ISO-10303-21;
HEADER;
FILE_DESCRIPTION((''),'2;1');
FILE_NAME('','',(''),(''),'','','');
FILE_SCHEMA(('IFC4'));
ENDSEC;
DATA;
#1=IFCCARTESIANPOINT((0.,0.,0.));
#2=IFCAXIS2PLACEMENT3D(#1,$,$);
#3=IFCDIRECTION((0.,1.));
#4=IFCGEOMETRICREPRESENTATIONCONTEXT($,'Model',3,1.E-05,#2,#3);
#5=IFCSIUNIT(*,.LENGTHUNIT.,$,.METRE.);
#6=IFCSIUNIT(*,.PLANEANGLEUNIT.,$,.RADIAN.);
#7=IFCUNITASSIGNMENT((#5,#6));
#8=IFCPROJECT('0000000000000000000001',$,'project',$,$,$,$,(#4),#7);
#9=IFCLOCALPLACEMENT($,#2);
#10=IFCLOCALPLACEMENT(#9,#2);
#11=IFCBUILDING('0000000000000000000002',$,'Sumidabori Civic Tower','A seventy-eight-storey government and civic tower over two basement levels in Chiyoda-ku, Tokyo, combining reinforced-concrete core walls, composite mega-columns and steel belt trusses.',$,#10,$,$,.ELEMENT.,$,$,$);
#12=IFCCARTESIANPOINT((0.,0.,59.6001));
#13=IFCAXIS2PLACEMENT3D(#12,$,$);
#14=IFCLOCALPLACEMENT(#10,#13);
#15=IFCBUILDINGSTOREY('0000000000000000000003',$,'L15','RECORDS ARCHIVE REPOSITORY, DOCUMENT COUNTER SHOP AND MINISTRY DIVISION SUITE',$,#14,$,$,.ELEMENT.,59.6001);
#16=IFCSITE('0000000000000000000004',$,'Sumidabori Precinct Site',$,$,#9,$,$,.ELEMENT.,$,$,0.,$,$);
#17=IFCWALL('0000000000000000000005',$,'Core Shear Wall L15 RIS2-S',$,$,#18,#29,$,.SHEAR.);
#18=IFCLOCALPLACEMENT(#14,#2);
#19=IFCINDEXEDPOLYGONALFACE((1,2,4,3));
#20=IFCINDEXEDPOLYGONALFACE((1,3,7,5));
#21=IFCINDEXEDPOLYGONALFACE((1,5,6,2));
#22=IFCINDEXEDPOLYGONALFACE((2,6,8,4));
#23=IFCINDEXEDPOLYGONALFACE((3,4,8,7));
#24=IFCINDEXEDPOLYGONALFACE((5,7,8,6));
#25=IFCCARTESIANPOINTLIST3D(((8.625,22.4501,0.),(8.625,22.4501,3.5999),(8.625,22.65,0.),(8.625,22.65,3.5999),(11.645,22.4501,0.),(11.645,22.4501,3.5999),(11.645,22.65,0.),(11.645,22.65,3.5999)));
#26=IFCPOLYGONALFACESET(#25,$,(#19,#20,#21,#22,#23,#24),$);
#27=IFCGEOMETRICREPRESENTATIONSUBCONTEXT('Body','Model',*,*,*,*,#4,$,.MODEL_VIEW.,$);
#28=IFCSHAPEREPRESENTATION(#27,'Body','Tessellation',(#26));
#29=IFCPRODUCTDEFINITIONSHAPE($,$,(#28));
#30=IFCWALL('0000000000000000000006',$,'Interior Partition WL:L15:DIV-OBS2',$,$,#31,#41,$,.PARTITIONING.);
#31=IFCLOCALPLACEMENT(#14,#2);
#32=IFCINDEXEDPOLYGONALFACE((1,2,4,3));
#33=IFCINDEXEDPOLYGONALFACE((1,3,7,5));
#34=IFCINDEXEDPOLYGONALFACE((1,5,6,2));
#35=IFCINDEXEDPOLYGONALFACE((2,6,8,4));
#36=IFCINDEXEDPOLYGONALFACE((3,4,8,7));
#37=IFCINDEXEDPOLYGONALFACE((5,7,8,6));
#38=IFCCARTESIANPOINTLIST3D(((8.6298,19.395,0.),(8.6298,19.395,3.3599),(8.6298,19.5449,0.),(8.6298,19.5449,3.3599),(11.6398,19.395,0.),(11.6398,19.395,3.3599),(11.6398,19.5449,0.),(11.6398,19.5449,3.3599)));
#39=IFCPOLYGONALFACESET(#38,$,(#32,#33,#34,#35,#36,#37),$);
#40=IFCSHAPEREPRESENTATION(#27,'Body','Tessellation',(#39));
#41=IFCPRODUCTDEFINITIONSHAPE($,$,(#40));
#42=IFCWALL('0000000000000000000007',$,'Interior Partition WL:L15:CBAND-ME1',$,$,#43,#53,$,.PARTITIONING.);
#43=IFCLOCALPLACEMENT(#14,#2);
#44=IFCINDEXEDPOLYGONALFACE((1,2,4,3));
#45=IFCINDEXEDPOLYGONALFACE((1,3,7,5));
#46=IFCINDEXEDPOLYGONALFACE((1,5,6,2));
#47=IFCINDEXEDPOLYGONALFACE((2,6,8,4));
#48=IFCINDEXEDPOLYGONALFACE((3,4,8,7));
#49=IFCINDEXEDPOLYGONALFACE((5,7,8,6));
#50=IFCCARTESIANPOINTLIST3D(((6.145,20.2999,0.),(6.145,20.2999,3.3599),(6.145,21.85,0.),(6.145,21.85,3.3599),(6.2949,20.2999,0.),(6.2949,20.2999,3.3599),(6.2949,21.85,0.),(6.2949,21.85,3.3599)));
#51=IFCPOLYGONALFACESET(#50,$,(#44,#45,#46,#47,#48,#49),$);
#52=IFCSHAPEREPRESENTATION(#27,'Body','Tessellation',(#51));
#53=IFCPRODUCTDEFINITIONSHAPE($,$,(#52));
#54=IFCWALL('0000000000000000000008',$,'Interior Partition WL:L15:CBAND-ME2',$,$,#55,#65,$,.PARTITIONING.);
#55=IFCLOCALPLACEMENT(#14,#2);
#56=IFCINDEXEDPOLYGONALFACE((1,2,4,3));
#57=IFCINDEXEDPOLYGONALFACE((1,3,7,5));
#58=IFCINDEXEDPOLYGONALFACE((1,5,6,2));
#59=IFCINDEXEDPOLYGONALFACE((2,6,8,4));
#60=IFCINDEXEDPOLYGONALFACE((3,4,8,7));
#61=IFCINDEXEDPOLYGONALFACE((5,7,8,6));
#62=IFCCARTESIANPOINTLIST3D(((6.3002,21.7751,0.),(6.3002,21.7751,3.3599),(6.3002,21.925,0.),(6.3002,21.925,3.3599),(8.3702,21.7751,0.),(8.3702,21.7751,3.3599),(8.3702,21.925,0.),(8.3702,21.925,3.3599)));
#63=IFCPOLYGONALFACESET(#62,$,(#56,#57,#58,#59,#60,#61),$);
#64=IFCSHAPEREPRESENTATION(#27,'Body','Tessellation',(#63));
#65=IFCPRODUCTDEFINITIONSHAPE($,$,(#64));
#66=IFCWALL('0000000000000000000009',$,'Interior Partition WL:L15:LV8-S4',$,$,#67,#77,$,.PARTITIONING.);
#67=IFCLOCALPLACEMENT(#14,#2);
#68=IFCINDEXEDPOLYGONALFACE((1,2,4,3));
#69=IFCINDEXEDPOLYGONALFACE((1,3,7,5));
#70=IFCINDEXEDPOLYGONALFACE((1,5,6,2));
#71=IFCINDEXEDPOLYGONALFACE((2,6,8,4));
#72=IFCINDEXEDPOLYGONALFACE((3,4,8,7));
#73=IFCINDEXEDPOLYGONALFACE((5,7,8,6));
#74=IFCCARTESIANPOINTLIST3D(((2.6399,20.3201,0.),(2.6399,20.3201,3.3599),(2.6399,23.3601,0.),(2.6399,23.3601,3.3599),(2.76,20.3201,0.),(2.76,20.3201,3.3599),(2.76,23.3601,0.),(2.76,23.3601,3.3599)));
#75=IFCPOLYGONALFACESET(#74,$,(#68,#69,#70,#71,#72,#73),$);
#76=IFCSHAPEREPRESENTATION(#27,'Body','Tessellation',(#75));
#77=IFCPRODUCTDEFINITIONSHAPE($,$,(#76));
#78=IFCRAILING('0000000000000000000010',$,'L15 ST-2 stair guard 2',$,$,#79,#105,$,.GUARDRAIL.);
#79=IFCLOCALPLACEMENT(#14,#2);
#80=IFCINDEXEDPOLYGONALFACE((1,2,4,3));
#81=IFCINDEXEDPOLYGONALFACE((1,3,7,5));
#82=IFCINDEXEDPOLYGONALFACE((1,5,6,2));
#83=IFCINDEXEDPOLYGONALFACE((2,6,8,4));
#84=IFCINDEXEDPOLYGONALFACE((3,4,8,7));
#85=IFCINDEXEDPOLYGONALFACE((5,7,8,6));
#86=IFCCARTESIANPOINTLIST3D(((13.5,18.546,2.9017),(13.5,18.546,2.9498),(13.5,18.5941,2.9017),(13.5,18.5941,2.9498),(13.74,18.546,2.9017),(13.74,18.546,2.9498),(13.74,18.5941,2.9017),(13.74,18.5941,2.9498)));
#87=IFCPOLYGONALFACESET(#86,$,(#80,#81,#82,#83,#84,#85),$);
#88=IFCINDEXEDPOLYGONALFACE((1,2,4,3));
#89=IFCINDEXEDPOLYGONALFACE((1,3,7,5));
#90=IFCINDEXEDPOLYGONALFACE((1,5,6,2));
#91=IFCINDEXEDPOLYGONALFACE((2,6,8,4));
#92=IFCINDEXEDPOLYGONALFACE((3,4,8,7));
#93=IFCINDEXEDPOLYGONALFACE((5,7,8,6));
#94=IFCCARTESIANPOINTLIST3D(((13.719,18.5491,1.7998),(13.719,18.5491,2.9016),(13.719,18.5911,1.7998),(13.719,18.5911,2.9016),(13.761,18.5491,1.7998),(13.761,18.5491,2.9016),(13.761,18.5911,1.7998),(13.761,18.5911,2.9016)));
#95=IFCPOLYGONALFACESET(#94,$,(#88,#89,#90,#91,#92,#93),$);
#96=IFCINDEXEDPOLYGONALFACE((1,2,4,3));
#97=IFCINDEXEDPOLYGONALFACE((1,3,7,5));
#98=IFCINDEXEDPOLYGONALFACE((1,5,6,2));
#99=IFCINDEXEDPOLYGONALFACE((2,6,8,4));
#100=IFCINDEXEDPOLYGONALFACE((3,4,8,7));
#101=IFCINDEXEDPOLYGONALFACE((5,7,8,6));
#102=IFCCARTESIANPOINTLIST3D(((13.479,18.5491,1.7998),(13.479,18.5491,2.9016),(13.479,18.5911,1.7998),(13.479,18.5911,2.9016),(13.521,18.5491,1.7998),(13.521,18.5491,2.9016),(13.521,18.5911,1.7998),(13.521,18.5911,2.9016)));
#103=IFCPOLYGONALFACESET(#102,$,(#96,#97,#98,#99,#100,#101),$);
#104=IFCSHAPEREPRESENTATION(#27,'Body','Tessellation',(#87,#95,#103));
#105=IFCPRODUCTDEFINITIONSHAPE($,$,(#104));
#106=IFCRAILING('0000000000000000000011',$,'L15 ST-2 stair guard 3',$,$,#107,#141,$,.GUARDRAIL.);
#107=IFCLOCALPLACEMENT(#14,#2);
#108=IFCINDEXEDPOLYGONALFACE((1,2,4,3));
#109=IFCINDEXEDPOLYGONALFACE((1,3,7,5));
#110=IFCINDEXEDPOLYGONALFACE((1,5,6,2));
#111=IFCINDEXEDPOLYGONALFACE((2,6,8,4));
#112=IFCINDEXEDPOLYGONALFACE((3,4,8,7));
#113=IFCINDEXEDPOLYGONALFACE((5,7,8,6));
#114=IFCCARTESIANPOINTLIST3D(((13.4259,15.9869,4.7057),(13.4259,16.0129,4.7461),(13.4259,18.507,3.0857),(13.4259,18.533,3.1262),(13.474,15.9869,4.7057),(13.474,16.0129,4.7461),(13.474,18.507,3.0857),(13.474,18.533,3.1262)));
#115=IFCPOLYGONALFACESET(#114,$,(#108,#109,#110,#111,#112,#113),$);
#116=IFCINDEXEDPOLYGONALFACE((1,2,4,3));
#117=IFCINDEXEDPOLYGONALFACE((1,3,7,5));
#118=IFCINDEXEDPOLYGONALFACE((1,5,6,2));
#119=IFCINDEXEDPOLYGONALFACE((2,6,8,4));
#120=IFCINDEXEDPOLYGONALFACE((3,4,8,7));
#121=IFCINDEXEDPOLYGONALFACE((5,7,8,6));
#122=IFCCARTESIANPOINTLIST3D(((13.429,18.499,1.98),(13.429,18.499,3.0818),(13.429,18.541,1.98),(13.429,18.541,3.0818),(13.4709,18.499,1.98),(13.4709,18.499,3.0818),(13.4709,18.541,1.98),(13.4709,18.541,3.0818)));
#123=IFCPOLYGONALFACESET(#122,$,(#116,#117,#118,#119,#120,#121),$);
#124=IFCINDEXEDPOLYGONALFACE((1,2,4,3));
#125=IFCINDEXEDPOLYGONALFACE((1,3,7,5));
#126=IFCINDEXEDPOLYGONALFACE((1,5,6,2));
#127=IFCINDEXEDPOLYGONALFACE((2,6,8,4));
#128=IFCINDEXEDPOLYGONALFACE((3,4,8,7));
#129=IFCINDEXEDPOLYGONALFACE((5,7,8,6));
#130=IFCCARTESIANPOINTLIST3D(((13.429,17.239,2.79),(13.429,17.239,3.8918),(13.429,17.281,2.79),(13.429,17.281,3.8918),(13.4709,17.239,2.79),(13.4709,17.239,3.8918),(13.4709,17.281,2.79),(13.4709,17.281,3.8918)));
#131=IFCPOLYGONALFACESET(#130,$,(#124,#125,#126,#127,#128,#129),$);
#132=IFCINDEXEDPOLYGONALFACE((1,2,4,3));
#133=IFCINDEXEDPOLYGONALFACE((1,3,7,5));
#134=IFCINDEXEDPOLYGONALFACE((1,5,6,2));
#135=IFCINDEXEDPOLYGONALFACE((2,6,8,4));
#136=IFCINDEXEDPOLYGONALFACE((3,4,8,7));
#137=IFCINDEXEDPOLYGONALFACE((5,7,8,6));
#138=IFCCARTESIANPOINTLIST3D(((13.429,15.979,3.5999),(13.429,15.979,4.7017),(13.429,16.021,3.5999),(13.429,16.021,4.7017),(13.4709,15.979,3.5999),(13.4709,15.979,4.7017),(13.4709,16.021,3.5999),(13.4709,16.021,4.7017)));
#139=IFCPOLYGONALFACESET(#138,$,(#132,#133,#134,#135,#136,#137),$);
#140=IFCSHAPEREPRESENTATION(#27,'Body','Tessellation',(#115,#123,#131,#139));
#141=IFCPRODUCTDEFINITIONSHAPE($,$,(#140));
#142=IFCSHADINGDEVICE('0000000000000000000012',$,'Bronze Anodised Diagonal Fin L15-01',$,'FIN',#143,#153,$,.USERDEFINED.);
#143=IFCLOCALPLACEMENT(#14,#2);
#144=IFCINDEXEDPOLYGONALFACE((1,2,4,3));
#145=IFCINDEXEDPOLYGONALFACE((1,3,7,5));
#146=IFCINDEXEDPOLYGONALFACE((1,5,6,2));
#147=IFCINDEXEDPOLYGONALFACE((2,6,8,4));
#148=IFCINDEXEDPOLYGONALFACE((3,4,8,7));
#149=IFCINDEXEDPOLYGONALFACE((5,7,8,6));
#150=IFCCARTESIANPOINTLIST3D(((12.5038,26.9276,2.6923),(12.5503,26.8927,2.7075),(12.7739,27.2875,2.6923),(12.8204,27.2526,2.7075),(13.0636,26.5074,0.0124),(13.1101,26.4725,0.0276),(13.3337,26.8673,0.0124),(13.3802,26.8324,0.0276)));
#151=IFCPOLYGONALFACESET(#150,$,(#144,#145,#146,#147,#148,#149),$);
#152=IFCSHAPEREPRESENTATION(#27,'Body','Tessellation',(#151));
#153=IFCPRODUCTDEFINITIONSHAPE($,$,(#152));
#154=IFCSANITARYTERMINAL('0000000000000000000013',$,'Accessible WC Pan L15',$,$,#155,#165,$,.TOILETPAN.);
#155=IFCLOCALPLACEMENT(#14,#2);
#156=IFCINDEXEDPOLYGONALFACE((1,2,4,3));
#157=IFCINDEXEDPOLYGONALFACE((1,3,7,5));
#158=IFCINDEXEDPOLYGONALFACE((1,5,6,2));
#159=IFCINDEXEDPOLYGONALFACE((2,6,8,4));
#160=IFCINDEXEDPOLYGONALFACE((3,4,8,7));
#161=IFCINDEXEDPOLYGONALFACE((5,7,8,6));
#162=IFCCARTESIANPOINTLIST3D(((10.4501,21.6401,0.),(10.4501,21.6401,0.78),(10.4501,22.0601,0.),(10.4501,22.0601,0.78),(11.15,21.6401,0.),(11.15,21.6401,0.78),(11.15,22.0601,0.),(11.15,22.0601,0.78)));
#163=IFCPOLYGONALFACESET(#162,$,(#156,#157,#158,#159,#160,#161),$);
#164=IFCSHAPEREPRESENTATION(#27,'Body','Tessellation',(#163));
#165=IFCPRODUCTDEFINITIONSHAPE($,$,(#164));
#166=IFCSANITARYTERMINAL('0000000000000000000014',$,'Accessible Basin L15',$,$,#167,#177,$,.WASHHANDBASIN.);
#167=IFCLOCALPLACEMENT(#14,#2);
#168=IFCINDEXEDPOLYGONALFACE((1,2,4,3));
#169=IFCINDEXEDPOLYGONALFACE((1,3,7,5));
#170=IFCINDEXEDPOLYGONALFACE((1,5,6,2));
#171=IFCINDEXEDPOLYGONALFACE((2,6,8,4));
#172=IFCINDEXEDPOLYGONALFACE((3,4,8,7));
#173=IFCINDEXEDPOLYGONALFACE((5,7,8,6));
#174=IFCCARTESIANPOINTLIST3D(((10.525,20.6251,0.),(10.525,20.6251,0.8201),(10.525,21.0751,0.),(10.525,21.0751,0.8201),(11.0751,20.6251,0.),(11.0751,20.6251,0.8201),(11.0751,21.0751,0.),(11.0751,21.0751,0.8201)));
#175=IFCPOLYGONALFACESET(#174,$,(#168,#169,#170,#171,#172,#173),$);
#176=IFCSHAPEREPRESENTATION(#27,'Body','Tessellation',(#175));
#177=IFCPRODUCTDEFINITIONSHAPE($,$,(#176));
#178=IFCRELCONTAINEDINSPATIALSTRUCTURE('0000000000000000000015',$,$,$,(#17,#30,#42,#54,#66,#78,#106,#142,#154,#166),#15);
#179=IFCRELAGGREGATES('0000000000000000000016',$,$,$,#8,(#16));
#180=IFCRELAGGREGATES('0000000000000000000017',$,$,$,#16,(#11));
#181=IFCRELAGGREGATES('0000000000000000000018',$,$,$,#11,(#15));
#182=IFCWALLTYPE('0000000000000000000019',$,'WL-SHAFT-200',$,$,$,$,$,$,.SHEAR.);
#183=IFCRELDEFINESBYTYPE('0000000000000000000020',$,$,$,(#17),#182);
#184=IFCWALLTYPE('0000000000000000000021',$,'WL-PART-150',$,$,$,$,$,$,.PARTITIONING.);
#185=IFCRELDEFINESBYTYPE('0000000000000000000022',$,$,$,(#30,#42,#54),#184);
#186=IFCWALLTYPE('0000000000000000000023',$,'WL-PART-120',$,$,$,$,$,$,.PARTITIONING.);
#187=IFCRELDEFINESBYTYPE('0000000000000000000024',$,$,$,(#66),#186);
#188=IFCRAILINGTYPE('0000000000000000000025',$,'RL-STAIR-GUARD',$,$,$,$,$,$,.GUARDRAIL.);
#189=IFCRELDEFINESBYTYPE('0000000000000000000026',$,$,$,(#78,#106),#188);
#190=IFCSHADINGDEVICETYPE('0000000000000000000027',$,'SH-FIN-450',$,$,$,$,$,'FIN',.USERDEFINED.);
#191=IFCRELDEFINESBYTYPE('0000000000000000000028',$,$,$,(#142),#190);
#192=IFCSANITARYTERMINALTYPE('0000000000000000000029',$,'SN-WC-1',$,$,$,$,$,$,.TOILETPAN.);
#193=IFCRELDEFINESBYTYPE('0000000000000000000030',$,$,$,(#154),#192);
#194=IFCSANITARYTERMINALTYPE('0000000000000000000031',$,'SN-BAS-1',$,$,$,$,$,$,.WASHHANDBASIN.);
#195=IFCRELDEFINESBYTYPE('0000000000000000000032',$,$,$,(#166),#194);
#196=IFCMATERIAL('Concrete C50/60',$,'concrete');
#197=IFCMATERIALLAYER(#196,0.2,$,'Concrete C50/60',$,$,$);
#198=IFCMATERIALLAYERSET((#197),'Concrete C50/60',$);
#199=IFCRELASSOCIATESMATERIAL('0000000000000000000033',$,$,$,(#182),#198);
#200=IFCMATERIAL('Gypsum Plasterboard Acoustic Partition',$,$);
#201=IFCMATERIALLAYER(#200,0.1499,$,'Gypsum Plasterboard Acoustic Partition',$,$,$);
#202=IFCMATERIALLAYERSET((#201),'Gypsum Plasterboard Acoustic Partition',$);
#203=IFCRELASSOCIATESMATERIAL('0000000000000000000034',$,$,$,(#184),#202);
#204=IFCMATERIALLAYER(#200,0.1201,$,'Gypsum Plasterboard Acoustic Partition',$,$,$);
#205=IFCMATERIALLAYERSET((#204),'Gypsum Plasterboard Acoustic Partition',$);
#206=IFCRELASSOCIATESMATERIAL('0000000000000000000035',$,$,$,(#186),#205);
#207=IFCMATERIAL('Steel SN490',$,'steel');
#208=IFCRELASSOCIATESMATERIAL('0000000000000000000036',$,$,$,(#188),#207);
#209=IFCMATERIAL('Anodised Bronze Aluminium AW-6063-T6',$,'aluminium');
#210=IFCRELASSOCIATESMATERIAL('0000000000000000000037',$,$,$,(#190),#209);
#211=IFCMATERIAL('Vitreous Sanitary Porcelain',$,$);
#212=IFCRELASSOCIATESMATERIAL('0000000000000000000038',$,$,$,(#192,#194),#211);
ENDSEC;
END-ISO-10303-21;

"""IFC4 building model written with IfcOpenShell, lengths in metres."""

from ifc_helpers import new_model, si_unit, direction, frame, frame_2d, origin, origin_2d, place, context, subcontext, project, spatial, rectangle, extrude, source, transform, mapped, material, layer, layer_set, material_profile, profile_set, type_object, element, save


model = new_model("IFC4")

# Units and contexts
model_context = context("Model", 3, precision=1e-05, world=origin(), true_north=direction((0.0, 1.0)))
body_context = subcontext(model_context, "Body", "Model", "MODEL_VIEW")
ifc_project = project(units=[si_unit("LENGTHUNIT", "METRE"), si_unit("PLANEANGLEUNIT", "RADIAN")], contexts=[model_context])

# Site, building, storey
site_placement = place(None, origin())
site = spatial("IfcSite", under=ifc_project, at=site_placement, Name="Sumidabori Precinct Site", CompositionType="ELEMENT", RefElevation=0.0)
building_placement = place(site_placement, origin())
building = spatial("IfcBuilding", under=site, at=building_placement, Name="Sumidabori Civic Tower", Description="A seventy-eight-storey government and civic tower over two basement levels in Chiyoda-ku, Tokyo, combining reinforced-concrete core walls, composite mega-columns and steel belt trusses.", CompositionType="ELEMENT")
storey_placement = place(building_placement, frame((0.0, 0.0, 59.6001)))
storey = spatial("IfcBuildingStorey", under=building, at=storey_placement, Name="L15", Description="RECORDS ARCHIVE REPOSITORY, DOCUMENT COUNTER SHOP AND MINISTRY DIVISION SUITE", CompositionType="ELEMENT", Elevation=59.6001)

# Shared definitions
ifc_material_1 = material(Name="Steel SN490", Category="steel")

# Shared definitions
ifc_material_2 = material(Name="Anodised Bronze Aluminium AW-6063-T6", Category="aluminium")

# Walls
ifc_material_3 = material(Name="Concrete C50/60", Category="concrete")
ifc_layer_1 = layer(ifc_material_3, 0.2, Name="Concrete C50/60")
ifc_layer_set_1 = layer_set([ifc_layer_1], Name="Concrete C50/60")
wall_type_1 = type_object("IfcWallType", Name="WL-SHAFT-200", PredefinedType="SHEAR", material=ifc_layer_set_1)
shared_shape_1 = source(origin(), body_context, "Body", "SweptSolid", [
    extrude(rectangle(XDim=3.02, YDim=0.2, at=frame_2d((1.51, 0.0))), origin(), (0.0, 0.0, 1.0), 3.5999),
])
wall_1_placement = place(storey_placement, frame((8.625, 22.55, 0.0), z_axis=(0.0, 0.0, 1.0), x_axis=(1.0, 0.0, 0.0)))
element("IfcWall", 1, at=wall_1_placement, inside=storey, type_object=wall_type_1, Name="Core Shear Wall L15 RIS2-S", PredefinedType="SHEAR", context=body_context, shape_type="MappedRepresentation", body=[
    mapped(shared_shape_1, transform((0.0, 0.0, 0.0), x_axis=(1.0, 0.0, 0.0), y_axis=(0.0, 1.0, 0.0), z_axis=(0.0, 0.0, 1.0), scale=1.0)),
])
ifc_material_4 = material(Name="Gypsum Plasterboard Acoustic Partition")
ifc_layer_2 = layer(ifc_material_4, 0.1499, Name="Gypsum Plasterboard Acoustic Partition")
ifc_layer_set_2 = layer_set([ifc_layer_2], Name="Gypsum Plasterboard Acoustic Partition")
wall_type_2 = type_object("IfcWallType", Name="WL-PART-150", PredefinedType="PARTITIONING", material=ifc_layer_set_2)
shared_shape_2 = source(origin(), body_context, "Body", "SweptSolid", [
    extrude(rectangle(XDim=3.01, YDim=0.1499, at=frame_2d((1.5049, 0.0))), origin(), (0.0, 0.0, 1.0), 3.3599),
])
wall_2_placement = place(storey_placement, frame((8.6299, 19.47, 0.0), z_axis=(0.0, 0.0, 1.0), x_axis=(1.0, 0.0, 0.0)))
element("IfcWall", 2, at=wall_2_placement, inside=storey, type_object=wall_type_2, Name="Interior Partition WL:L15:DIV-OBS2", PredefinedType="PARTITIONING", context=body_context, shape_type="MappedRepresentation", body=[
    mapped(shared_shape_2, transform((0.0, 0.0, 0.0), x_axis=(1.0, 0.0, 0.0), y_axis=(0.0, 1.0, 0.0), z_axis=(0.0, 0.0, 1.0), scale=1.0)),
])
shared_shape_3 = source(origin(), body_context, "Body", "SweptSolid", [
    extrude(rectangle(XDim=1.55, YDim=0.1499, at=frame_2d((0.7749, 0.0))), origin(), (0.0, 0.0, 1.0), 3.3599),
])
wall_3_placement = place(storey_placement, frame((6.22, 20.3, 0.0), z_axis=(0.0, 0.0, 1.0), x_axis=(0.0, 1.0, 0.0)))
element("IfcWall", 3, at=wall_3_placement, inside=storey, type_object=wall_type_2, Name="Interior Partition WL:L15:CBAND-ME1", PredefinedType="PARTITIONING", context=body_context, shape_type="MappedRepresentation", body=[
    mapped(shared_shape_3, transform((0.0, 0.0, 0.0), x_axis=(1.0, 0.0, 0.0), y_axis=(0.0, 1.0, 0.0), z_axis=(0.0, 0.0, 1.0), scale=1.0)),
])
shared_shape_4 = source(origin(), body_context, "Body", "SweptSolid", [
    extrude(rectangle(XDim=2.0701, YDim=0.1499, at=frame_2d((1.0352, 0.0))), origin(), (0.0, 0.0, 1.0), 3.3599),
])
wall_4_placement = place(storey_placement, frame((6.3, 21.8501, 0.0), z_axis=(0.0, 0.0, 1.0), x_axis=(1.0, 0.0, 0.0)))
element("IfcWall", 4, at=wall_4_placement, inside=storey, type_object=wall_type_2, Name="Interior Partition WL:L15:CBAND-ME2", PredefinedType="PARTITIONING", context=body_context, shape_type="MappedRepresentation", body=[
    mapped(shared_shape_4, transform((0.0, 0.0, 0.0), x_axis=(1.0, 0.0, 0.0), y_axis=(0.0, 1.0, 0.0), z_axis=(0.0, 0.0, 1.0), scale=1.0)),
])
ifc_layer_3 = layer(ifc_material_4, 0.1201, Name="Gypsum Plasterboard Acoustic Partition")
ifc_layer_set_3 = layer_set([ifc_layer_3], Name="Gypsum Plasterboard Acoustic Partition")
wall_type_3 = type_object("IfcWallType", Name="WL-PART-120", PredefinedType="PARTITIONING", material=ifc_layer_set_3)
shared_shape_5 = source(origin(), body_context, "Body", "SweptSolid", [
    extrude(rectangle(XDim=3.04, YDim=0.1201, at=frame_2d((1.52, 0.0))), origin(), (0.0, 0.0, 1.0), 3.3599),
])
wall_5_placement = place(storey_placement, frame((2.7, 20.3201, 0.0), z_axis=(0.0, 0.0, 1.0), x_axis=(0.0, 1.0, 0.0)))
element("IfcWall", 5, at=wall_5_placement, inside=storey, type_object=wall_type_3, Name="Interior Partition WL:L15:LV8-S4", PredefinedType="PARTITIONING", context=body_context, shape_type="MappedRepresentation", body=[
    mapped(shared_shape_5, transform((0.0, 0.0, 0.0), x_axis=(1.0, 0.0, 0.0), y_axis=(0.0, 1.0, 0.0), z_axis=(0.0, 0.0, 1.0), scale=1.0)),
])

# Railings
railing_type = type_object("IfcRailingType", Name="RL-STAIR-GUARD", PredefinedType="GUARDRAIL", material=ifc_material_1)
railing_1_placement = place(storey_placement, frame((13.74, 18.5701, 1.7998)))
element("IfcRailing", 6, at=railing_1_placement, inside=storey, type_object=railing_type, Name="L15 ST-2 stair guard 2", PredefinedType="GUARDRAIL", context=body_context, shape_type="SweptSolid", body=[
    extrude(rectangle(XDim=0.0481, YDim=0.0481, at=origin_2d()), frame((0.0, 0.0, 1.126), z_axis=(-1.0, 0.0, 0.0), x_axis=(0.0, -1.0, 0.0)), (0.0, 0.0, 1.0), 0.24),
    extrude(rectangle(XDim=0.042, YDim=0.042, at=origin_2d()), origin(), (0.0, 0.0, 1.0), 1.1018),
    extrude(rectangle(XDim=0.042, YDim=0.042, at=origin_2d()), frame((-0.24, 0.0, 0.0)), (0.0, 0.0, 1.0), 1.1018),
])
railing_2_placement = place(storey_placement, frame((13.45, 18.52, 1.98)))
element("IfcRailing", 7, at=railing_2_placement, inside=storey, type_object=railing_type, Name="L15 ST-2 stair guard 3", PredefinedType="GUARDRAIL", context=body_context, shape_type="SweptSolid", body=[
    extrude(rectangle(XDim=0.0481, YDim=0.0481, at=origin_2d()), frame((0.0, 0.0, 1.126), z_axis=(0.0, -0.8412, 0.540725), x_axis=(1.0, 0.0, 0.0)), (0.0, 0.0, 1.0), 2.9958),
    extrude(rectangle(XDim=0.042, YDim=0.042, at=origin_2d()), origin(), (0.0, 0.0, 1.0), 1.1018),
    extrude(rectangle(XDim=0.042, YDim=0.042, at=origin_2d()), frame((0.0, -1.26, 0.8101)), (0.0, 0.0, 1.0), 1.1018),
    extrude(rectangle(XDim=0.042, YDim=0.042, at=origin_2d()), frame((0.0, -2.52, 1.6199)), (0.0, 0.0, 1.0), 1.1018),
])

# Shading device
ifc_material_profile_1 = material_profile(ifc_material_2, rectangle(XDim=0.0601, YDim=0.45, at=origin_2d()), Name="BRONZE FIN 450x60")
ifc_profile_set_1 = profile_set([ifc_material_profile_1], Name="Anodised Bronze Aluminium AW-6063-T6")
shading_device_type = type_object("IfcShadingDeviceType", Name="SH-FIN-450", ElementType="FIN", PredefinedType="USERDEFINED", material=ifc_profile_set_1)
shared_shape_6 = source(origin(), body_context, "Body", "SweptSolid", [
    extrude(rectangle(XDim=0.0601, YDim=0.45, at=origin_2d()), origin(), (0.0, 0.0, 1.0), 2.7698),
])
shading_device_placement = place(storey_placement, frame((13.2219, 26.6699, 0.02), z_axis=(-0.202111, 0.151694, 0.967543), x_axis=(0.773832, -0.580796, 0.252705)))
element("IfcShadingDevice", 8, at=shading_device_placement, inside=storey, type_object=shading_device_type, Name="Bronze Anodised Diagonal Fin L15-01", ObjectType="FIN", PredefinedType="USERDEFINED", context=body_context, shape_type="MappedRepresentation", body=[
    mapped(shared_shape_6, transform((0.0, 0.0, 0.0), x_axis=(1.0, 0.0, 0.0), y_axis=(0.0, 1.0, 0.0), z_axis=(0.0, 0.0, 1.0), scale=1.0)),
])

# Sanitary terminals
ifc_material_5 = material(Name="Vitreous Sanitary Porcelain")
sanitary_terminal_type_1 = type_object("IfcSanitaryTerminalType", Name="SN-WC-1", PredefinedType="TOILETPAN", material=ifc_material_5)
shared_shape_7 = source(origin(), body_context, "Body", "SweptSolid", [
    extrude(rectangle(XDim=0.7, YDim=0.4199, at=origin_2d()), origin(), (0.0, 0.0, 1.0), 0.78),
])
sanitary_terminal_1_placement = place(storey_placement, frame((10.8, 21.8501, 0.0), z_axis=(0.0, 0.0, 1.0), x_axis=(1.0, 0.0, 0.0)))
element("IfcSanitaryTerminal", 9, at=sanitary_terminal_1_placement, inside=storey, type_object=sanitary_terminal_type_1, Name="Accessible WC Pan L15", PredefinedType="TOILETPAN", context=body_context, shape_type="MappedRepresentation", body=[
    mapped(shared_shape_7, transform((0.0, 0.0, 0.0), x_axis=(1.0, 0.0, 0.0), y_axis=(0.0, 1.0, 0.0), z_axis=(0.0, 0.0, 1.0), scale=1.0)),
])
sanitary_terminal_type_2 = type_object("IfcSanitaryTerminalType", Name="SN-BAS-1", PredefinedType="WASHHANDBASIN", material=ifc_material_5)
shared_shape_8 = source(origin(), body_context, "Body", "SweptSolid", [
    extrude(rectangle(XDim=0.55, YDim=0.45, at=origin_2d()), origin(), (0.0, 0.0, 1.0), 0.8201),
])
sanitary_terminal_2_placement = place(storey_placement, frame((10.8, 20.8501, 0.0), z_axis=(0.0, 0.0, 1.0), x_axis=(1.0, 0.0, 0.0)))
element("IfcSanitaryTerminal", 10, at=sanitary_terminal_2_placement, inside=storey, type_object=sanitary_terminal_type_2, Name="Accessible Basin L15", PredefinedType="WASHHANDBASIN", context=body_context, shape_type="MappedRepresentation", body=[
    mapped(shared_shape_8, transform((0.0, 0.0, 0.0), x_axis=(1.0, 0.0, 0.0), y_axis=(0.0, 1.0, 0.0), z_axis=(0.0, 0.0, 1.0), scale=1.0)),
])

save(model, "model.ifc")
